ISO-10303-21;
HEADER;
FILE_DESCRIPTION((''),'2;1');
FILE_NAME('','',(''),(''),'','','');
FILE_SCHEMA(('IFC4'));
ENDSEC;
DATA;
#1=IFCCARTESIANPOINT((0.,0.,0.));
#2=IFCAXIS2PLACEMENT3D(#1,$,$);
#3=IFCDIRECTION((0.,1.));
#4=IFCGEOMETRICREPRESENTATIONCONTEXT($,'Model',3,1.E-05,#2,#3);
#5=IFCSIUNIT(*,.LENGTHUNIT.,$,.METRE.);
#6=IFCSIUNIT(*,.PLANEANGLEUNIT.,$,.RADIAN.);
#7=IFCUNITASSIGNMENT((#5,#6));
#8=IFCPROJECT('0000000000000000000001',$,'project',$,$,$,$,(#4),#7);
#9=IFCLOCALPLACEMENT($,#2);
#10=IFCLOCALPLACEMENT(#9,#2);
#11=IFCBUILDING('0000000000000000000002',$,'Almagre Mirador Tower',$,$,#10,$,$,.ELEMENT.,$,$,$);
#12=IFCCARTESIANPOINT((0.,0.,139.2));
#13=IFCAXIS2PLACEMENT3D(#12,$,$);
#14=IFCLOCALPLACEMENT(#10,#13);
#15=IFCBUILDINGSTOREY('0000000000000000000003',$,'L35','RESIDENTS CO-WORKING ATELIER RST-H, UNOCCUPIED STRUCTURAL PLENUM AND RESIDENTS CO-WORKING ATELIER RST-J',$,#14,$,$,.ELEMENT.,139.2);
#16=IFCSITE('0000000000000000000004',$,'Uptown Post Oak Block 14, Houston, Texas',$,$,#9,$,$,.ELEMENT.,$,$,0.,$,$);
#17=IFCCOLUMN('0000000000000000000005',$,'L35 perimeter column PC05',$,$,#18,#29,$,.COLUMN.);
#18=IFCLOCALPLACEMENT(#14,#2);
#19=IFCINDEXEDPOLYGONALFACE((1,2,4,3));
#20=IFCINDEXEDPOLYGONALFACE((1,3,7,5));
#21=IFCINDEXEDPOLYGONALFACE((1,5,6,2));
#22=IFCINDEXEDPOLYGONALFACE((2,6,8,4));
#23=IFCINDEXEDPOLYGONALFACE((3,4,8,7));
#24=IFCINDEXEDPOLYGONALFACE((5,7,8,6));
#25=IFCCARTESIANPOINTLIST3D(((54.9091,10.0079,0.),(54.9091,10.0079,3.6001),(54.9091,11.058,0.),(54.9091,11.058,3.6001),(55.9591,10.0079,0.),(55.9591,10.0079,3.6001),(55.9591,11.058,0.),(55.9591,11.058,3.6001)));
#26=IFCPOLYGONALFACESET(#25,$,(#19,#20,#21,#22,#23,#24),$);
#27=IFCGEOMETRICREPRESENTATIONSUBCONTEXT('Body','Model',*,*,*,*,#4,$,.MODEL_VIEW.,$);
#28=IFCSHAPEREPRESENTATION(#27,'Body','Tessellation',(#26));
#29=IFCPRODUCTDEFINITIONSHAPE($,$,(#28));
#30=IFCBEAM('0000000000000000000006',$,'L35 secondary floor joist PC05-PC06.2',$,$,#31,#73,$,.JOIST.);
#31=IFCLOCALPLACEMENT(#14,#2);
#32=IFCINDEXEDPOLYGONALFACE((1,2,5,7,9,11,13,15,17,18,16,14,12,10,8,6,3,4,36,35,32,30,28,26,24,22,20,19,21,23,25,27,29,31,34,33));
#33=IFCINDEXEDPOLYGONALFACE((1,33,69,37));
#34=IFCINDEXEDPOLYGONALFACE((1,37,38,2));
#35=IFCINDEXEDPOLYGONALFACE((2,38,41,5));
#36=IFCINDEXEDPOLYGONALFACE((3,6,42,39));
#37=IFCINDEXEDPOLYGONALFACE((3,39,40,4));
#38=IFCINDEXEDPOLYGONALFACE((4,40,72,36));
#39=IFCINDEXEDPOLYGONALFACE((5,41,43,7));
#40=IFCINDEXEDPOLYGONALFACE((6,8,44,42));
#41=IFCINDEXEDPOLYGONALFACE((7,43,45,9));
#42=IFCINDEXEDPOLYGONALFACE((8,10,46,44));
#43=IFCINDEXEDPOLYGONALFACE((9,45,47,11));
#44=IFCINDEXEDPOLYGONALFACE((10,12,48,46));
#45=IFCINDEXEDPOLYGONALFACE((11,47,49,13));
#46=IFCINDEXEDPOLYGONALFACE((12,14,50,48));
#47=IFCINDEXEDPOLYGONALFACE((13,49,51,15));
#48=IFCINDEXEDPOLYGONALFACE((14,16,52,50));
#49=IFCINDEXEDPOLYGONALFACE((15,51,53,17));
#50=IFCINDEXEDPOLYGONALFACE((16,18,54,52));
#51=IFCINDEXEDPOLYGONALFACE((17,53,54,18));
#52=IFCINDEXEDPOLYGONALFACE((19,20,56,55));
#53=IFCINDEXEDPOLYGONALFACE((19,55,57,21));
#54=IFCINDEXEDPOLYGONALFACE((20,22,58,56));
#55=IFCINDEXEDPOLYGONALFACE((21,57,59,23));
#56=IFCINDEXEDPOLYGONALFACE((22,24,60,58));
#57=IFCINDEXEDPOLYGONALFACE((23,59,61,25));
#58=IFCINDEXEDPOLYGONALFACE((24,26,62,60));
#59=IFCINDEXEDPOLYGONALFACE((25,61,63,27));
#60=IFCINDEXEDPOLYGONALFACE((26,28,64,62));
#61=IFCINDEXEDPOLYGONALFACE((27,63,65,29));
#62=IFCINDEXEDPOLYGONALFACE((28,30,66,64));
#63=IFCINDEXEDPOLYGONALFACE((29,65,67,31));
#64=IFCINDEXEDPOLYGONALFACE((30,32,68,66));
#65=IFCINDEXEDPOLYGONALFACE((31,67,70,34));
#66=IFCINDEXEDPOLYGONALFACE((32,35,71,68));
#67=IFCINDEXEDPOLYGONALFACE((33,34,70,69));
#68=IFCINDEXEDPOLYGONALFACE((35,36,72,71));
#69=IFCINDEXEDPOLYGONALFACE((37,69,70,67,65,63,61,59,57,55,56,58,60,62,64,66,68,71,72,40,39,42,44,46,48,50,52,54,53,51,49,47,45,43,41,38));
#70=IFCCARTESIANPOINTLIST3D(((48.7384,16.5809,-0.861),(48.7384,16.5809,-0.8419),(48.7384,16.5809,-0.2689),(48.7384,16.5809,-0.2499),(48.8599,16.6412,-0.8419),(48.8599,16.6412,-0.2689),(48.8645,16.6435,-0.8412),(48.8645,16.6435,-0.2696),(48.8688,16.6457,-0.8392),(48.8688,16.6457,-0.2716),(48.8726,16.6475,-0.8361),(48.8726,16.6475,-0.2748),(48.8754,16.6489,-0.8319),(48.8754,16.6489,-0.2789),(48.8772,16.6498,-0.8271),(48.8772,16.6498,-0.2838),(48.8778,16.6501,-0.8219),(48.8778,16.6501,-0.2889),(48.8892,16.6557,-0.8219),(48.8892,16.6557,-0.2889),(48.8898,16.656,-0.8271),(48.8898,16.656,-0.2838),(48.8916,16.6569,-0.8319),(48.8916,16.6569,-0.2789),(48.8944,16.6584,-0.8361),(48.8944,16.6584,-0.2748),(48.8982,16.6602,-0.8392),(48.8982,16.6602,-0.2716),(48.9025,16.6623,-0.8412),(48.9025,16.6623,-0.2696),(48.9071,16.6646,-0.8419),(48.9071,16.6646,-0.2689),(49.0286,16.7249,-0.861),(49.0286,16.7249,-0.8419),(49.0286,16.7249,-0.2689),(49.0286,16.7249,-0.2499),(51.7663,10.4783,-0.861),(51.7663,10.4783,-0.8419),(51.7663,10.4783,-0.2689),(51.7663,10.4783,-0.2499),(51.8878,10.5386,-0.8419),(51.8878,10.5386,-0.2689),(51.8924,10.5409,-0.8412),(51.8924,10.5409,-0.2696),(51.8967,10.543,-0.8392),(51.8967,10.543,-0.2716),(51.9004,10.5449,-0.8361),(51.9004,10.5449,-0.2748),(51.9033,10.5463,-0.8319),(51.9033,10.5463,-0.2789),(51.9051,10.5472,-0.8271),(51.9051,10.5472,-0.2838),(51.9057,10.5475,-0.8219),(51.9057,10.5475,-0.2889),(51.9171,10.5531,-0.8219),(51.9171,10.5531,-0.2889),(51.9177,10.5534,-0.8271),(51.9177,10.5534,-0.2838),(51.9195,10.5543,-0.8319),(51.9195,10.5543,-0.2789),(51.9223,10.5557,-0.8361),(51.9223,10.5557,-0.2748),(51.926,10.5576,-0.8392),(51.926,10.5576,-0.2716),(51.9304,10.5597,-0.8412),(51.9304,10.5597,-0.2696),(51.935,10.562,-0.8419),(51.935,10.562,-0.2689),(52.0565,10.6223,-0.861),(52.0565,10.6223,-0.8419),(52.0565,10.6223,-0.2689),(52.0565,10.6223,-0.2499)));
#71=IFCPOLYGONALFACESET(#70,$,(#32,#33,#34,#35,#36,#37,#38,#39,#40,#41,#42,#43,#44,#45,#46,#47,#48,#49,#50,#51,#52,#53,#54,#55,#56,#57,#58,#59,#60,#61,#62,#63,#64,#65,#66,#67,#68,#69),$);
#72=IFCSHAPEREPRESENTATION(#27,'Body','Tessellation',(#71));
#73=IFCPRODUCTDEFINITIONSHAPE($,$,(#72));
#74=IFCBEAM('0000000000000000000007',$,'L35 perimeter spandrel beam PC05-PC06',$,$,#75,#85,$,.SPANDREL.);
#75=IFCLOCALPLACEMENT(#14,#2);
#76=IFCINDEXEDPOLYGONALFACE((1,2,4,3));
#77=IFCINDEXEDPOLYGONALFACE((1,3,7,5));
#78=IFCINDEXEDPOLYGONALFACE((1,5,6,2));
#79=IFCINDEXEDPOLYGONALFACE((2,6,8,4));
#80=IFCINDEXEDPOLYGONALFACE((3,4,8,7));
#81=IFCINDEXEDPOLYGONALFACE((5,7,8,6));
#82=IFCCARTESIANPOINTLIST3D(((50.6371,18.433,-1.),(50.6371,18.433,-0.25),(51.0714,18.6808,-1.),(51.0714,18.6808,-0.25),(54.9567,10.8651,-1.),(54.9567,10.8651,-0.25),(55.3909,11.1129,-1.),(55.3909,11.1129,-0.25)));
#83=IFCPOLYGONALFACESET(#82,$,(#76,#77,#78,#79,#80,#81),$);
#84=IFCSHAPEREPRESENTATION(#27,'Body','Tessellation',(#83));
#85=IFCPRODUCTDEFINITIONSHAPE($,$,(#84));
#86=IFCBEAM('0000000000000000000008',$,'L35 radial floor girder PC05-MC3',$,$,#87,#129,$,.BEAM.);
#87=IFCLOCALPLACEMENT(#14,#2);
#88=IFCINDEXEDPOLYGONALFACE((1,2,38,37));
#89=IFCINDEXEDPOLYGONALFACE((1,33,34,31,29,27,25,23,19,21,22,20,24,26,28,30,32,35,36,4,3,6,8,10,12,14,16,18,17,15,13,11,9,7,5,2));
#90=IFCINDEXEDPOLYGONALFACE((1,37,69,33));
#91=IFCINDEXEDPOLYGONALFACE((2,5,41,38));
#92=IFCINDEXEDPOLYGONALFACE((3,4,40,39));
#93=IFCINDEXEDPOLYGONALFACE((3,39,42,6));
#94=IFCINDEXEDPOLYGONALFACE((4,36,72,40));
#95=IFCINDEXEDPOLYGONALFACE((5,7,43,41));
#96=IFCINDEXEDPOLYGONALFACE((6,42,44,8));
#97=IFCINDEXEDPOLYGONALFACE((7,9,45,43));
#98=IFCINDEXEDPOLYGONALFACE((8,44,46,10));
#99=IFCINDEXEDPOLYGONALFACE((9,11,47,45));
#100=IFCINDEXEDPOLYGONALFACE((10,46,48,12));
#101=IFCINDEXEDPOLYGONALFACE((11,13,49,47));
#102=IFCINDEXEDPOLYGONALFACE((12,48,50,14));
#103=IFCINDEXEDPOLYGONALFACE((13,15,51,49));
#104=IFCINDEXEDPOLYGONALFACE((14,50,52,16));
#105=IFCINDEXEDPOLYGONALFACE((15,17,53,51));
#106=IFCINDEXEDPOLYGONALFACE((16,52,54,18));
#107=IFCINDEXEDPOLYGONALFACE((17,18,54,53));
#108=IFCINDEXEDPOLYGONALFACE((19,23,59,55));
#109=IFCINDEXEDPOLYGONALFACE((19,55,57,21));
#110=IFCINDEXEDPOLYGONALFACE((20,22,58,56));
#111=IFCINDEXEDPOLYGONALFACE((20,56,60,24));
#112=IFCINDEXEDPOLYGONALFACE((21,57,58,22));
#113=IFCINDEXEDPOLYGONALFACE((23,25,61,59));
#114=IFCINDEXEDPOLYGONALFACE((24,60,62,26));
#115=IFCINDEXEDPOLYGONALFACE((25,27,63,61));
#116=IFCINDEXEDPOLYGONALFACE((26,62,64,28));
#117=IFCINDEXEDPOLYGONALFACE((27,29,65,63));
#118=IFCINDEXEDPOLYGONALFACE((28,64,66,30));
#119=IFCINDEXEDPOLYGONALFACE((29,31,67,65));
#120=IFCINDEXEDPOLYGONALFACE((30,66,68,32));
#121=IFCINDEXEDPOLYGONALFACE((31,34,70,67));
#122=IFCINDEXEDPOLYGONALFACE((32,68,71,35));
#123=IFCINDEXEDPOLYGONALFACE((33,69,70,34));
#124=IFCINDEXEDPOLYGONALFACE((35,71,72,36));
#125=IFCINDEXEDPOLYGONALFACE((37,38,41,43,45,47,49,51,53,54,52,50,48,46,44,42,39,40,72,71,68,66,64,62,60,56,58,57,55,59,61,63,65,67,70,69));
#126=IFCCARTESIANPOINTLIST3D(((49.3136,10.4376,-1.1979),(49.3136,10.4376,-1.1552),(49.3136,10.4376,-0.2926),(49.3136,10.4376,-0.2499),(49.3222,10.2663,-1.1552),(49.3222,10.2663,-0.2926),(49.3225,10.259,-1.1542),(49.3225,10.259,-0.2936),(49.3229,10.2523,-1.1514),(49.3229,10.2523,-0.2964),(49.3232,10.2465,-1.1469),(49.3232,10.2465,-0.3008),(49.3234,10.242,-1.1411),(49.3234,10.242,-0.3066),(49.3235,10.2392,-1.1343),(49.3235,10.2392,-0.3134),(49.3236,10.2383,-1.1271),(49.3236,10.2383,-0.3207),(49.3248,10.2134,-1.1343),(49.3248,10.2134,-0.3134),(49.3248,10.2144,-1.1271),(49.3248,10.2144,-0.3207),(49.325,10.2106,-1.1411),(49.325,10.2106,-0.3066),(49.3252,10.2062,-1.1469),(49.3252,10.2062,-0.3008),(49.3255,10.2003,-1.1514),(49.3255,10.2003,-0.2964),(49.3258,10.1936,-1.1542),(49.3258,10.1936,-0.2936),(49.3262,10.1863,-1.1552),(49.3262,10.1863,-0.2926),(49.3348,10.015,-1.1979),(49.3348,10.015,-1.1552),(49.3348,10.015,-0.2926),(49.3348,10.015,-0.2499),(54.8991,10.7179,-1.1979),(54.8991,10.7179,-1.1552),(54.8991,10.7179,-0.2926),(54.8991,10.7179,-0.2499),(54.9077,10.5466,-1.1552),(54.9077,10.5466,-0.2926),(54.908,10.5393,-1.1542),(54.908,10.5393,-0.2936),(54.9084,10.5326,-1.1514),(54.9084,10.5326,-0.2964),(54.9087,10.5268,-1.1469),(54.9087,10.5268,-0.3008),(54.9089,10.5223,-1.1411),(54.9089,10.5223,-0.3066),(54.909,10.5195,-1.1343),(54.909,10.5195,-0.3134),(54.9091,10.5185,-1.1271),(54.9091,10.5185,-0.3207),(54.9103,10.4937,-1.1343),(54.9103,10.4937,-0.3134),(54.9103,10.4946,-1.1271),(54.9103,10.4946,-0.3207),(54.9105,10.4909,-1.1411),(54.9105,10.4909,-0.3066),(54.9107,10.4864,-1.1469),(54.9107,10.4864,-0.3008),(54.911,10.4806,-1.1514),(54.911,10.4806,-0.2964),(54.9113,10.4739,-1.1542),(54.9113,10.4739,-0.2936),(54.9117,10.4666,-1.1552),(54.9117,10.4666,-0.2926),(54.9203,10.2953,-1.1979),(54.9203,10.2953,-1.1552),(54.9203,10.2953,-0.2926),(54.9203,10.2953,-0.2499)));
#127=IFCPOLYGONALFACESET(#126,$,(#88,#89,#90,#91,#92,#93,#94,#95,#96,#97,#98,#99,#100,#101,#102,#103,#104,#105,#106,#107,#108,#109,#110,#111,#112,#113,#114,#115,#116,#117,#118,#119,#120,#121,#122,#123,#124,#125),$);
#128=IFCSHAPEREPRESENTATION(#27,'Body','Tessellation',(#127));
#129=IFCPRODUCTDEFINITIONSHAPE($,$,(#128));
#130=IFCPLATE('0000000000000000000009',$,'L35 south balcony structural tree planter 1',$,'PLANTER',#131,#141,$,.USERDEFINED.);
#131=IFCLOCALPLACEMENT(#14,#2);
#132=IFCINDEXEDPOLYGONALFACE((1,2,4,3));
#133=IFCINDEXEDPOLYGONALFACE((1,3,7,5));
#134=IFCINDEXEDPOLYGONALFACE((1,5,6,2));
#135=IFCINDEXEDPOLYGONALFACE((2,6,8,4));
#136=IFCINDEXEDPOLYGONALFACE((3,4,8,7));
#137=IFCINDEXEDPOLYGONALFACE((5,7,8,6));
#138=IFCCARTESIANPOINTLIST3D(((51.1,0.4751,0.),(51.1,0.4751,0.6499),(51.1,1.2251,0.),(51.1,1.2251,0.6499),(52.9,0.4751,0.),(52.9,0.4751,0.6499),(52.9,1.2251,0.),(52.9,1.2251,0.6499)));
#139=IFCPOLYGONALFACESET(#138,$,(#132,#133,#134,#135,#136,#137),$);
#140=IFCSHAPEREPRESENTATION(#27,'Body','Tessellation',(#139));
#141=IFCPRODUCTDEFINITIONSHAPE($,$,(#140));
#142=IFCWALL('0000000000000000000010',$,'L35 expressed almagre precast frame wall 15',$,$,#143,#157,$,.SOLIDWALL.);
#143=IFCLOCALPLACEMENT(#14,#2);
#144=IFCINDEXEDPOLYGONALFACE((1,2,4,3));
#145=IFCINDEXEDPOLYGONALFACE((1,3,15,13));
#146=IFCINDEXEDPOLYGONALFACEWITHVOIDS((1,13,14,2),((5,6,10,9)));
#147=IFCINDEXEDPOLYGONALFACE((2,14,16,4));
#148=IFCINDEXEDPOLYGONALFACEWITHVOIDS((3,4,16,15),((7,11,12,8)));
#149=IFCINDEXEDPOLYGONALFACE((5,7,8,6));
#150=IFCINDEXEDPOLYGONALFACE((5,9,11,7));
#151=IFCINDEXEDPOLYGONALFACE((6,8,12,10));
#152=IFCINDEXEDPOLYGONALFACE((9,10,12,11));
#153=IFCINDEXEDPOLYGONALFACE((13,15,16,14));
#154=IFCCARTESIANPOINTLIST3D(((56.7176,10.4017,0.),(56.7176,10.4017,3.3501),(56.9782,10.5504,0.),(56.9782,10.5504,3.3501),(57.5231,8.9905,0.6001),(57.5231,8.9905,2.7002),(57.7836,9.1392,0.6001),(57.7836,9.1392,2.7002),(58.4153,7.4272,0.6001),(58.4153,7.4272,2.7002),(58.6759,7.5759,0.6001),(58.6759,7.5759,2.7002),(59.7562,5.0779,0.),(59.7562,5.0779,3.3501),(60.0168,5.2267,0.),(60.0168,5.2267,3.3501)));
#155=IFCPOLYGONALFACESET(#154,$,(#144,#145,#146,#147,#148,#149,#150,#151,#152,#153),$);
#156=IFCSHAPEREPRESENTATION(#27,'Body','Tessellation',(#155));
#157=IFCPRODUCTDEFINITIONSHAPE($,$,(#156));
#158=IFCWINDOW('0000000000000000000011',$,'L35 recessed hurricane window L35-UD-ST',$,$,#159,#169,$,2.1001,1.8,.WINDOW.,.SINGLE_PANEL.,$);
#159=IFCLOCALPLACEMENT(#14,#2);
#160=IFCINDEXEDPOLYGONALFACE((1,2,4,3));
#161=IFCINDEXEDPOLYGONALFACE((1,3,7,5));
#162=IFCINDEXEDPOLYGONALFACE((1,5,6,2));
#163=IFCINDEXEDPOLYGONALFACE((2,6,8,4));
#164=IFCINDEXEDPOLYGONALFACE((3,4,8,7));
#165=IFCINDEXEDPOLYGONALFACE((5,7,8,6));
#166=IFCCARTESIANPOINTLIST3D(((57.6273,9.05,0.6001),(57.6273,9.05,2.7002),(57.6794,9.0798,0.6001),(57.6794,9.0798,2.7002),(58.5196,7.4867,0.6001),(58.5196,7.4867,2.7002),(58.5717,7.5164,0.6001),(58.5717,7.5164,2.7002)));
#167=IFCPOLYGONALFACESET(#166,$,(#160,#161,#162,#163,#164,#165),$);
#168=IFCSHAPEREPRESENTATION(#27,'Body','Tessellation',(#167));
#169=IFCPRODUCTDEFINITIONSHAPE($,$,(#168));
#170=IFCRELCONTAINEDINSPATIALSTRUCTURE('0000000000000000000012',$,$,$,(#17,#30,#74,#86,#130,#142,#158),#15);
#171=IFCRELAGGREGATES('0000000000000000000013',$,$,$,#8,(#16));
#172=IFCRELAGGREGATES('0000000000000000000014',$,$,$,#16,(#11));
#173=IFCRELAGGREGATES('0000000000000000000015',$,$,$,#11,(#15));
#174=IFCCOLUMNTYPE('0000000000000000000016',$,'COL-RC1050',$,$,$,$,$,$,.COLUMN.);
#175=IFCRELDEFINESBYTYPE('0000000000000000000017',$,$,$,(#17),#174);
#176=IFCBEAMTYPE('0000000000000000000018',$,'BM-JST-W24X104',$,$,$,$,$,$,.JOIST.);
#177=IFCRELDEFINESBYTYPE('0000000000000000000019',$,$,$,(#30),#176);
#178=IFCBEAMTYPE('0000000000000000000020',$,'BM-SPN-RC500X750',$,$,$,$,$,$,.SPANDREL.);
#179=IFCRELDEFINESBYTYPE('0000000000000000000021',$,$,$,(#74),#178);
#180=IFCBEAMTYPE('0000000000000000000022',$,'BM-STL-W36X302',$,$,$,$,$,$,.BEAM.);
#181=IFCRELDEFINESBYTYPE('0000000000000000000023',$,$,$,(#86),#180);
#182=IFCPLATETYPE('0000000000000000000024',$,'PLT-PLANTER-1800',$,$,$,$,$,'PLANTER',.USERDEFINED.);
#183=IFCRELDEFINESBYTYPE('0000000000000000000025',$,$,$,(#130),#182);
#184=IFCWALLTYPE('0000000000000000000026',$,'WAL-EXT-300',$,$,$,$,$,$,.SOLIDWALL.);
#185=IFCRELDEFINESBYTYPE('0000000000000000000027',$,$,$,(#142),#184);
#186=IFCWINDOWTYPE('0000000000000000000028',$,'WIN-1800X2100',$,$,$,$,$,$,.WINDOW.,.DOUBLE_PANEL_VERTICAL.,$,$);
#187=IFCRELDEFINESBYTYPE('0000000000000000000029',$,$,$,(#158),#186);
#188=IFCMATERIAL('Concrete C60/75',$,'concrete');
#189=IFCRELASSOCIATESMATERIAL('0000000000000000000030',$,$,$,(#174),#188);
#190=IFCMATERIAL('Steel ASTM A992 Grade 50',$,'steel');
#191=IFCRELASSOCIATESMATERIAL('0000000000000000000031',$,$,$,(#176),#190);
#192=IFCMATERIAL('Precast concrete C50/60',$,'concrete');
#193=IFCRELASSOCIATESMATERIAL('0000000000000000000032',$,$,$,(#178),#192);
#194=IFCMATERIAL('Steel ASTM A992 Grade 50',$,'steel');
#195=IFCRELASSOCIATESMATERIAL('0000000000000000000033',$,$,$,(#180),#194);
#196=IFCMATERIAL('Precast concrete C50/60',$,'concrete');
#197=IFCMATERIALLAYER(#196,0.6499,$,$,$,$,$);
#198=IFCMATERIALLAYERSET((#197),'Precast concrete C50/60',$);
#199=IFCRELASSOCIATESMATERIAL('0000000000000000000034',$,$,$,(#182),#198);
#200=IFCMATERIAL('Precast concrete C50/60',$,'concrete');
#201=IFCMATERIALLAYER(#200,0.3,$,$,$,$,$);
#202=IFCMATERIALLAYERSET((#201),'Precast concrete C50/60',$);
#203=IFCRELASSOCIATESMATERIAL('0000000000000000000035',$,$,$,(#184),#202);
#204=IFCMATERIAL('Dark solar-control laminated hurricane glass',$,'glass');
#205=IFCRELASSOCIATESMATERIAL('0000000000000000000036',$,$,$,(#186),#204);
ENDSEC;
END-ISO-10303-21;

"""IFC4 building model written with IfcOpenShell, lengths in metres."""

from ifc_helpers import new_model, si_unit, direction, frame, frame_2d, origin, origin_2d, place, context, subcontext, project, spatial, rectangle, i_section, extrude, material, layer, layer_set, material_profile, profile_set, type_object, element, fill, save


model = new_model("IFC4")

# Units and contexts
model_context = context("Model", 3, precision=1e-05, world=origin(), true_north=direction((0.0, 1.0)))
body_context = subcontext(model_context, "Body", "Model", "MODEL_VIEW")
ifc_project = project(units=[si_unit("LENGTHUNIT", "METRE"), si_unit("PLANEANGLEUNIT", "RADIAN")], contexts=[model_context])

# Site, building, storey
site_placement = place(None, origin())
site = spatial("IfcSite", under=ifc_project, at=site_placement, Name="Uptown Post Oak Block 14, Houston, Texas", CompositionType="ELEMENT", RefElevation=0.0)
building_placement = place(site_placement, origin())
building = spatial("IfcBuilding", under=site, at=building_placement, Name="Almagre Mirador Tower", CompositionType="ELEMENT")
storey_placement = place(building_placement, frame((0.0, 0.0, 139.2)))
storey = spatial("IfcBuildingStorey", under=building, at=storey_placement, Name="L35", Description="RESIDENTS CO-WORKING ATELIER RST-H, UNOCCUPIED STRUCTURAL PLENUM AND RESIDENTS CO-WORKING ATELIER RST-J", CompositionType="ELEMENT", Elevation=139.2)

# Column
ifc_material_1 = material(Name="Concrete C60/75", Category="concrete")
ifc_material_profile_1 = material_profile(ifc_material_1, rectangle(XDim=1.05, YDim=1.05, at=origin_2d()), Name="RC1050X1050")
ifc_profile_set_1 = profile_set([ifc_material_profile_1], Name="Concrete C60/75")
column_type = type_object("IfcColumnType", Name="COL-RC1050", PredefinedType="COLUMN", material=ifc_profile_set_1)
column_placement = place(storey_placement, frame((55.4341, 10.533, 0.0), z_axis=(0.0, 0.0, 1.0), x_axis=(1.0, 0.0, 0.0)))
element("IfcColumn", 1, at=column_placement, inside=storey, type_object=column_type, Name="L35 perimeter column PC05", PredefinedType="COLUMN", context=body_context, shape_type="SweptSolid", body=[
    extrude(rectangle(XDim=1.05, YDim=1.05, at=origin_2d()), origin(), (0.0, 0.0, 1.0), 3.6001),
])

# Beams
ifc_material_2 = material(Name="Steel ASTM A992 Grade 50", Category="steel")
ifc_material_profile_2 = material_profile(ifc_material_2, i_section(OverallWidth=0.324, OverallDepth=0.6111, WebThickness=0.0127, FlangeThickness=0.019, FilletRadius=0.02, at=origin_2d()), Name="W24X104")
ifc_profile_set_2 = profile_set([ifc_material_profile_2], Name="Steel ASTM A992 Grade 50")
beam_type_1 = type_object("IfcBeamType", Name="BM-JST-W24X104", PredefinedType="JOIST", material=ifc_profile_set_2)
beam_1_placement = place(storey_placement, frame((51.9114, 10.5503, -0.5554), z_axis=(-0.444459, 0.895799, 0.0), x_axis=(-0.895799, -0.444459, 0.0)))
element("IfcBeam", 2, at=beam_1_placement, inside=storey, type_object=beam_type_1, Name="L35 secondary floor joist PC05-PC06.2", PredefinedType="JOIST", context=body_context, shape_type="SweptSolid", body=[
    extrude(i_section(OverallWidth=0.324, OverallDepth=0.6111, WebThickness=0.0127, FlangeThickness=0.019, FilletRadius=0.02, at=origin_2d()), origin(), (0.0, 0.0, 1.0), 6.8125),
])
ifc_material_3 = material(Name="Precast concrete C50/60", Category="concrete")
ifc_material_profile_3 = material_profile(ifc_material_3, rectangle(XDim=0.5, YDim=0.75, at=origin_2d()), Name="RC500X750")
ifc_profile_set_3 = profile_set([ifc_material_profile_3], Name="Precast concrete C50/60")
beam_type_2 = type_object("IfcBeamType", Name="BM-SPN-RC500X750", PredefinedType="SPANDREL", material=ifc_profile_set_3)
beam_2_placement = place(storey_placement, frame((55.1738, 10.989, -0.625), z_axis=(-0.495713, 0.868486, 0.0), x_axis=(-0.868486, -0.495713, 0.0)))
element("IfcBeam", 3, at=beam_2_placement, inside=storey, type_object=beam_type_2, Name="L35 perimeter spandrel beam PC05-PC06", PredefinedType="SPANDREL", context=body_context, shape_type="SweptSolid", body=[
    extrude(rectangle(XDim=0.5, YDim=0.75, at=origin_2d()), origin(), (0.0, 0.0, 1.0), 8.7139),
])
ifc_material_4 = material(Name="Steel ASTM A992 Grade 50", Category="steel")
ifc_material_profile_4 = material_profile(ifc_material_4, i_section(OverallWidth=0.4231, OverallDepth=0.948, WebThickness=0.0239, FlangeThickness=0.0427, FilletRadius=0.0281, at=origin_2d()), Name="W36X302")
ifc_profile_set_4 = profile_set([ifc_material_profile_4], Name="Steel ASTM A992 Grade 50")
beam_type_3 = type_object("IfcBeamType", Name="BM-STL-W36X302", PredefinedType="BEAM", material=ifc_profile_set_4)
beam_3_placement = place(storey_placement, frame((54.9097, 10.5066, -0.7239), z_axis=(-0.998743, -0.050116, 0.0), x_axis=(0.050116, -0.998743, 0.0)))
element("IfcBeam", 4, at=beam_3_placement, inside=storey, type_object=beam_type_3, Name="L35 radial floor girder PC05-MC3", PredefinedType="BEAM", context=body_context, shape_type="SweptSolid", body=[
    extrude(i_section(OverallWidth=0.4231, OverallDepth=0.948, WebThickness=0.0239, FlangeThickness=0.0427, FilletRadius=0.0281, at=origin_2d()), origin(), (0.0, 0.0, 1.0), 5.5925),
])

# Plate
ifc_material_5 = material(Name="Precast concrete C50/60", Category="concrete")
ifc_layer_1 = layer(ifc_material_5, 0.6499)
ifc_layer_set_1 = layer_set([ifc_layer_1], Name="Precast concrete C50/60")
plate_type = type_object("IfcPlateType", Name="PLT-PLANTER-1800", ElementType="PLANTER", PredefinedType="USERDEFINED", material=ifc_layer_set_1)
plate_placement = place(storey_placement, frame((52.0, 0.8501, 0.0), z_axis=(0.0, 0.0, 1.0), x_axis=(1.0, 0.0, 0.0)))
element("IfcPlate", 5, at=plate_placement, inside=storey, type_object=plate_type, Name="L35 south balcony structural tree planter 1", ObjectType="PLANTER", PredefinedType="USERDEFINED", context=body_context, shape_type="SweptSolid", body=[
    extrude(rectangle(XDim=1.8, YDim=0.75, at=origin_2d()), origin(), (0.0, 0.0, 1.0), 0.6499),
])

# Wall, opening, window
ifc_material_6 = material(Name="Precast concrete C50/60", Category="concrete")
ifc_layer_2 = layer(ifc_material_6, 0.3)
ifc_layer_set_2 = layer_set([ifc_layer_2], Name="Precast concrete C50/60")
wall_type_1 = type_object("IfcWallType", Name="WAL-EXT-300", PredefinedType="SOLIDWALL", material=ifc_layer_set_2)
wall_1_placement = place(storey_placement, frame((56.8479, 10.4761, 0.0), z_axis=(0.0, 0.0, 1.0), x_axis=(0.495701, -0.868493, 0.0)))
wall_1 = element("IfcWall", 6, at=wall_1_placement, inside=storey, type_object=wall_type_1, Name="L35 expressed almagre precast frame wall 15", PredefinedType="SOLIDWALL", context=body_context, shape_type="SweptSolid", body=[
    extrude(rectangle(XDim=6.1299, YDim=0.3, at=frame_2d((3.0649, 0.0))), origin(), (0.0, 0.0, 1.0), 3.3501),
])
opening_1_placement = place(wall_1_placement, frame((1.625, 0.0, 0.6001)))
opening_1 = element("IfcOpeningElement", 7, at=opening_1_placement, cuts=wall_1, PredefinedType="OPENING", context=body_context, shape_type="SweptSolid", body=[
    extrude(rectangle(XDim=1.8, YDim=2.1001, at=frame_2d((0.8999, 1.05))), frame((0.0, 0.1599, 0.0), z_axis=(0.0, -1.0, 0.0), x_axis=(1.0, 0.0, 0.0)), (0.0, 0.0, 1.0), 0.32),
])
ifc_material_7 = material(Name="Dark solar-control laminated hurricane glass", Category="glass")
window_type_1 = type_object("IfcWindowType", Name="WIN-1800X2100", PartitioningType="DOUBLE_PANEL_VERTICAL", PredefinedType="WINDOW", material=ifc_material_7)
window_1_placement = place(opening_1_placement, origin())
window_1 = element("IfcWindow", 8, at=window_1_placement, inside=storey, type_object=window_type_1, Name="L35 recessed hurricane window L35-UD-ST", OverallHeight=2.1001, OverallWidth=1.8, PartitioningType="SINGLE_PANEL", PredefinedType="WINDOW", context=body_context, shape_type="SweptSolid", body=[
    extrude(rectangle(XDim=1.8, YDim=2.1001, at=frame_2d((0.8999, 1.05))), frame((0.0, 0.03, 0.0), z_axis=(0.0, -1.0, 0.0), x_axis=(1.0, 0.0, 0.0)), (0.0, 0.0, 1.0), 0.0601),
])
fill(opening_1, window_1)

save(model, "model.ifc")
